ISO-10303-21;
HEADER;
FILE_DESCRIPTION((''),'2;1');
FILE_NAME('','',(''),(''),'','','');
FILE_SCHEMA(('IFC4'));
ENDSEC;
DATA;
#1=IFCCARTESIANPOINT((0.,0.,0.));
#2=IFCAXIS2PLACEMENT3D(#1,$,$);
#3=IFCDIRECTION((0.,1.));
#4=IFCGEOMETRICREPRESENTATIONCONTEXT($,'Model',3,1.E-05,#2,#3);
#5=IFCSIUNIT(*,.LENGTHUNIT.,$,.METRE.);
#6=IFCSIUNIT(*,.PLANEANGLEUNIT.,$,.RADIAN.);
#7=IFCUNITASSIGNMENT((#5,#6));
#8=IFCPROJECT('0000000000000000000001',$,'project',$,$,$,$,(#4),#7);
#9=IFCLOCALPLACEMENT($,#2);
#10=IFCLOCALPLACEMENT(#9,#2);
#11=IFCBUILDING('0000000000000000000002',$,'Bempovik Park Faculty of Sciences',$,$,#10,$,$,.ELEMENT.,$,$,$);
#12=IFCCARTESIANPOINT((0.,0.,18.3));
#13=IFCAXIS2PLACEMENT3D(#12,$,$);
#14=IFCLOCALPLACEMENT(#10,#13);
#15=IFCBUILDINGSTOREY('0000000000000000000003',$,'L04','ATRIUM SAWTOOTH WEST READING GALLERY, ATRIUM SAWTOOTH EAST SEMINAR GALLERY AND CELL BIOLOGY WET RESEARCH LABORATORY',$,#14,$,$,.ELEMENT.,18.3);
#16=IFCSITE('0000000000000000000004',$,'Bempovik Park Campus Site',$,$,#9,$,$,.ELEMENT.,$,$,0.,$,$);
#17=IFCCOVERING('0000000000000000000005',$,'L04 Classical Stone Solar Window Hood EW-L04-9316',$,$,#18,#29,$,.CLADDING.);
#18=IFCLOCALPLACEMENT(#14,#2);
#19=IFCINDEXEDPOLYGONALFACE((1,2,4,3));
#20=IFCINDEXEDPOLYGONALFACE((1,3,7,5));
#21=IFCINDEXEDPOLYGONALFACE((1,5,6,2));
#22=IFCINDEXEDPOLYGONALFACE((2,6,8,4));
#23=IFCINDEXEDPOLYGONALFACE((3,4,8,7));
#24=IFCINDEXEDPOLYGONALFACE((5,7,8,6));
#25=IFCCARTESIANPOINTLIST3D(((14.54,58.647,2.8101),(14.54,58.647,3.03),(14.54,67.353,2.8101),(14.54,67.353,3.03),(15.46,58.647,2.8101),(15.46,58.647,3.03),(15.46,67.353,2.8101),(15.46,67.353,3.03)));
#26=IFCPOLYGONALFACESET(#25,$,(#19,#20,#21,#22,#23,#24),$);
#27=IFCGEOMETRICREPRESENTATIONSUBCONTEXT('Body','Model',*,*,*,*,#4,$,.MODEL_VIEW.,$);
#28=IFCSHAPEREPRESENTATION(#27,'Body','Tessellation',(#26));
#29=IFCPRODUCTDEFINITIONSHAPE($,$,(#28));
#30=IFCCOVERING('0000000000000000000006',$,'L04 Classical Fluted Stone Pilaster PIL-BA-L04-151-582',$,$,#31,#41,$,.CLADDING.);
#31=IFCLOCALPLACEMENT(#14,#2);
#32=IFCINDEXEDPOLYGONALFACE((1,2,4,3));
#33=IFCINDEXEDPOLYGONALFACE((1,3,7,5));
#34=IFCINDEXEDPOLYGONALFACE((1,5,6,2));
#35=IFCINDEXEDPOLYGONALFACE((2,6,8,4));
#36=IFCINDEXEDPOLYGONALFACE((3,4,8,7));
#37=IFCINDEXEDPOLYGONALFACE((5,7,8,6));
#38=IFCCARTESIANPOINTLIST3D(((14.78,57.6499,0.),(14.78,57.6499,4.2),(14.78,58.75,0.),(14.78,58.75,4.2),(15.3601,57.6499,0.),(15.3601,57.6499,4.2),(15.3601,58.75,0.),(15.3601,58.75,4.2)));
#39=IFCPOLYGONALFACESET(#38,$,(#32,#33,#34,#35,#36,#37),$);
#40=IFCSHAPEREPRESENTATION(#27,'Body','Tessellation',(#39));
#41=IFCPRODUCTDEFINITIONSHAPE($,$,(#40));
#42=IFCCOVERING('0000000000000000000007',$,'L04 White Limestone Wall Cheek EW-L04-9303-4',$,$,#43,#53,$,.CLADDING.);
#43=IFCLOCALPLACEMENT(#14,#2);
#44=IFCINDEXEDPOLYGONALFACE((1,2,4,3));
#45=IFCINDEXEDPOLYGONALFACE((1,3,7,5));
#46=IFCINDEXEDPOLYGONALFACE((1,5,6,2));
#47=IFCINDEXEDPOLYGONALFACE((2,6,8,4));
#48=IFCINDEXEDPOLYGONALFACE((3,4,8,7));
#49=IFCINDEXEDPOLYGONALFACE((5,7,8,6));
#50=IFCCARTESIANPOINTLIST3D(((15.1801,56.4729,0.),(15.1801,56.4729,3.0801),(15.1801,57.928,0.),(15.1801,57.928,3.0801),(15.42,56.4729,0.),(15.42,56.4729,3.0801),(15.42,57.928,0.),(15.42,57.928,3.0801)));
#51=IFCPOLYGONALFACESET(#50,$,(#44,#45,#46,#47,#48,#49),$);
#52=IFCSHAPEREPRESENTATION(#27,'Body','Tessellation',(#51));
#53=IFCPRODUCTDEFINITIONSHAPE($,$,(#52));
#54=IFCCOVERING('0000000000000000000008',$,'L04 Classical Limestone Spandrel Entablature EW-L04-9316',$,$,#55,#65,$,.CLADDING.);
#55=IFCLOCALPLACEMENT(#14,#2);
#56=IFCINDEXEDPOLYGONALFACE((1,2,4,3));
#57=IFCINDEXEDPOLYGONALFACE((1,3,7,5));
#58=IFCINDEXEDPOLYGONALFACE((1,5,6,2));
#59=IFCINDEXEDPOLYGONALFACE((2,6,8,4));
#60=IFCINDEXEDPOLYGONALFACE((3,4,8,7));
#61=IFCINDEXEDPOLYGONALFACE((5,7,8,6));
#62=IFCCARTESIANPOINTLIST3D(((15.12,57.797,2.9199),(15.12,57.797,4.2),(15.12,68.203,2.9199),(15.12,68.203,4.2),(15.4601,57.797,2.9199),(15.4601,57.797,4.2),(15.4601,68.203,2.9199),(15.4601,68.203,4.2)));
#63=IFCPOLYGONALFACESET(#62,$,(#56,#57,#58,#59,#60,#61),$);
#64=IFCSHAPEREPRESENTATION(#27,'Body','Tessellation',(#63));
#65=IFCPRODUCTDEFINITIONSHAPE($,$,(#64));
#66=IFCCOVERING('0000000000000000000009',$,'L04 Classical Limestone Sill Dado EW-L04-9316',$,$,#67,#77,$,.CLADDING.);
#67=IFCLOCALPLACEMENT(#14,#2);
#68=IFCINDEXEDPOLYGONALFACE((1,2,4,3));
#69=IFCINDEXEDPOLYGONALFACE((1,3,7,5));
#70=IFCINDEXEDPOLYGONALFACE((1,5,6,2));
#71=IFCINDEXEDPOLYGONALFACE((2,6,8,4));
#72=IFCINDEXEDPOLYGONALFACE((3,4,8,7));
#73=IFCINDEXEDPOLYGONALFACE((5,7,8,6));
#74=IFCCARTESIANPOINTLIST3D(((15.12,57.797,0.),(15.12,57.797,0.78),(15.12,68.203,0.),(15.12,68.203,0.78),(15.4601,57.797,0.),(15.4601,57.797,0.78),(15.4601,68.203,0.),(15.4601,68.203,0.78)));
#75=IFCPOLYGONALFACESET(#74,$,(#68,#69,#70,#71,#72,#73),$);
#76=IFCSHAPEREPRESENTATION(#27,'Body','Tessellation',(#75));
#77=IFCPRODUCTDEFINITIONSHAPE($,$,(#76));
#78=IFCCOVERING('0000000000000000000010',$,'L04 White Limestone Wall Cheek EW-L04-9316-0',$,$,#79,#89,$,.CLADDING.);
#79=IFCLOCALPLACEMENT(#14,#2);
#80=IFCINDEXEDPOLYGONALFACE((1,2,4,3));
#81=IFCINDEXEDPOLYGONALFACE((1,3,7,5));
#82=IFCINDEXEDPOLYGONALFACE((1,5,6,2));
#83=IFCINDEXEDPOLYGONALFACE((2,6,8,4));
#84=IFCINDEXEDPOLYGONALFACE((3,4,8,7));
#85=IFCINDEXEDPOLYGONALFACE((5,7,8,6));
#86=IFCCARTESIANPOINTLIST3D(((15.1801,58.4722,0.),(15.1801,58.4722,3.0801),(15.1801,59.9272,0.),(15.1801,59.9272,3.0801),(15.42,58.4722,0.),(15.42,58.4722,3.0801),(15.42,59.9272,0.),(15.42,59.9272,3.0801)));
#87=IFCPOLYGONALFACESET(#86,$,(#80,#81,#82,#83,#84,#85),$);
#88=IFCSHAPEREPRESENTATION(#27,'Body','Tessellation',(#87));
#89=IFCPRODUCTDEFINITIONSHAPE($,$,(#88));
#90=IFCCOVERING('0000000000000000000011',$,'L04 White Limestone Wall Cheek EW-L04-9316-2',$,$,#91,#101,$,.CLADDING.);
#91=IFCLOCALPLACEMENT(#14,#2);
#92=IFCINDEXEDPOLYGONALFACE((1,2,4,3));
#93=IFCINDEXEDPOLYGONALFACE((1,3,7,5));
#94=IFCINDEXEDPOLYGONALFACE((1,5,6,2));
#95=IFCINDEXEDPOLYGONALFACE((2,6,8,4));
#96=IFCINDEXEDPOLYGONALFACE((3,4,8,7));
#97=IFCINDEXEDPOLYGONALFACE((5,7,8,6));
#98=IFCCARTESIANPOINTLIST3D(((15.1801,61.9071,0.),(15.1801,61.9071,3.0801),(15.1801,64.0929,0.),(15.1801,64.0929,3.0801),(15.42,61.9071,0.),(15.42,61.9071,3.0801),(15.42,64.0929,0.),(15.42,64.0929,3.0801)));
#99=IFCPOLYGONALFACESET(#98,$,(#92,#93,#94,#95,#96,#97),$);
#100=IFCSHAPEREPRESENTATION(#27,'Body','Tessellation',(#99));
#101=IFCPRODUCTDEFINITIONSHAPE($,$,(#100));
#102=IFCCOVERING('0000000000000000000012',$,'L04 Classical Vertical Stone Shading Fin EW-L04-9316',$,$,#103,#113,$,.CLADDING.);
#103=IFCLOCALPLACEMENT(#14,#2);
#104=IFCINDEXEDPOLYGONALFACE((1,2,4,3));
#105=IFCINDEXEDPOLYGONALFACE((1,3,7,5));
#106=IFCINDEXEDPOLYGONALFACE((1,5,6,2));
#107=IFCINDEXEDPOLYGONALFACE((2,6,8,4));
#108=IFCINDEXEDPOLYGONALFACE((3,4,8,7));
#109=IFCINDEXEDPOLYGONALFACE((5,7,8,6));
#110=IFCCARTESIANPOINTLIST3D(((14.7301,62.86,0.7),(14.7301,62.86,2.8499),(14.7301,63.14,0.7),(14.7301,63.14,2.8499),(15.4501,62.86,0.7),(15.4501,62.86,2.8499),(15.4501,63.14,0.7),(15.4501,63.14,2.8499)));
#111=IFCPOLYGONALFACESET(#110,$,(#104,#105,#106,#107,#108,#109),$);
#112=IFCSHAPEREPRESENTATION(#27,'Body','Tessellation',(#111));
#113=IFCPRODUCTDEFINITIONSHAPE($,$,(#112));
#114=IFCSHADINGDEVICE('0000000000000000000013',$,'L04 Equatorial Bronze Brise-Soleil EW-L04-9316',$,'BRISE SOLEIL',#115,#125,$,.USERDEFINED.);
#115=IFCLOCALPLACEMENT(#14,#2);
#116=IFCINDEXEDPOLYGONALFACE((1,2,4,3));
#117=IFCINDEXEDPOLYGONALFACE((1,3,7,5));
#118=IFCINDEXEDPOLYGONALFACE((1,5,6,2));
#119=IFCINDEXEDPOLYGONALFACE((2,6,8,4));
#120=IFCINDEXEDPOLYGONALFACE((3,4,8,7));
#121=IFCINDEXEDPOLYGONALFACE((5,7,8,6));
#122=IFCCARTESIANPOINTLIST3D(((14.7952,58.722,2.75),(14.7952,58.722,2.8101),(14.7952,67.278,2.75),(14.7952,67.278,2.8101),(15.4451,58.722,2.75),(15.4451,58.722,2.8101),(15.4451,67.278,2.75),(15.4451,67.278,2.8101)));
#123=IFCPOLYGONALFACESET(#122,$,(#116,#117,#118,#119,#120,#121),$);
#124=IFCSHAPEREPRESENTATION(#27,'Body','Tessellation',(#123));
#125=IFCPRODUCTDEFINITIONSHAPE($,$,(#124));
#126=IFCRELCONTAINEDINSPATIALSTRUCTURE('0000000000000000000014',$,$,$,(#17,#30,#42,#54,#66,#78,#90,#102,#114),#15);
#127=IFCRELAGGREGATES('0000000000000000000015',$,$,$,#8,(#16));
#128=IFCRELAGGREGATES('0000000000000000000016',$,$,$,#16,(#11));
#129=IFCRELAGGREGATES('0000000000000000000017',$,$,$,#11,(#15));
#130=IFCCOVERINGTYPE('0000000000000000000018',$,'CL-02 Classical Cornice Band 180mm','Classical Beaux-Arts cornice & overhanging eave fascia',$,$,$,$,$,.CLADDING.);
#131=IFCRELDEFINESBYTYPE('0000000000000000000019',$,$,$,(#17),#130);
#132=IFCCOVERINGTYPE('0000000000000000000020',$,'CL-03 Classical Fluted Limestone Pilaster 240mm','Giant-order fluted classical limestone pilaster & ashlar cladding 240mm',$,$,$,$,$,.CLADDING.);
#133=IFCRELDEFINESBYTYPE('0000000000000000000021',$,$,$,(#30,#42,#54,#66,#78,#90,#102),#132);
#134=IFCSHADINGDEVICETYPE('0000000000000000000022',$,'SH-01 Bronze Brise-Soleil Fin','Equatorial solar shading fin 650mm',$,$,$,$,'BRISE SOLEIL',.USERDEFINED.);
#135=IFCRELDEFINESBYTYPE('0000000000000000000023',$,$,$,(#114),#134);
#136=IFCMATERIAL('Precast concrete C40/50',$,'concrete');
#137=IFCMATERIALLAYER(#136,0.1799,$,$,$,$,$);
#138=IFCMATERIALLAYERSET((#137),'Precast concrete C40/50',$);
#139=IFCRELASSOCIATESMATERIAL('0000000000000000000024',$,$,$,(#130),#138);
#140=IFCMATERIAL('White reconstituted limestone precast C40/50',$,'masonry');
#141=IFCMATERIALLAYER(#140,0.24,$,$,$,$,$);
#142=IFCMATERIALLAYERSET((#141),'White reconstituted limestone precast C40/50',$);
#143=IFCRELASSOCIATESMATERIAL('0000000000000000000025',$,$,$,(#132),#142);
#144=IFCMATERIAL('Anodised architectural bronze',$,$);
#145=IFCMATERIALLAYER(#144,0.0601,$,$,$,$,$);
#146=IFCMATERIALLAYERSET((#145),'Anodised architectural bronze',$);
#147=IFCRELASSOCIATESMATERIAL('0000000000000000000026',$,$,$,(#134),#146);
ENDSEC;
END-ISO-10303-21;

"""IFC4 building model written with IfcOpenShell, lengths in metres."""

from ifc_helpers import new_model, si_unit, direction, frame, origin, origin_2d, place, context, subcontext, project, spatial, rectangle, extrude, material, layer, layer_set, type_object, element, save


model = new_model("IFC4")

# Units and contexts
model_context = context("Model", 3, precision=1e-05, world=origin(), true_north=direction((0.0, 1.0)))
body_context = subcontext(model_context, "Body", "Model", "MODEL_VIEW")
ifc_project = project(units=[si_unit("LENGTHUNIT", "METRE"), si_unit("PLANEANGLEUNIT", "RADIAN")], contexts=[model_context])

# Site, building, storey
site_placement = place(None, origin())
site = spatial("IfcSite", under=ifc_project, at=site_placement, Name="Bempovik Park Campus Site", CompositionType="ELEMENT", RefElevation=0.0)
building_placement = place(site_placement, origin())
building = spatial("IfcBuilding", under=site, at=building_placement, Name="Bempovik Park Faculty of Sciences", CompositionType="ELEMENT")
storey_placement = place(building_placement, frame((0.0, 0.0, 18.3)))
storey = spatial("IfcBuildingStorey", under=building, at=storey_placement, Name="L04", Description="ATRIUM SAWTOOTH WEST READING GALLERY, ATRIUM SAWTOOTH EAST SEMINAR GALLERY AND CELL BIOLOGY WET RESEARCH LABORATORY", CompositionType="ELEMENT", Elevation=18.3)

# Shared definitions
ifc_material_1 = material(Name="Precast concrete C40/50", Category="concrete")

# Coverings
ifc_layer_1 = layer(ifc_material_1, 0.1799)
ifc_layer_set_1 = layer_set([ifc_layer_1], Name="Precast concrete C40/50")
covering_type_1 = type_object("IfcCoveringType", Name="CL-02 Classical Cornice Band 180mm", Description="Classical Beaux-Arts cornice & overhanging eave fascia", PredefinedType="CLADDING", material=ifc_layer_set_1)
covering_1_placement = place(storey_placement, frame((15.0, 63.0, 2.8101), z_axis=(0.0, 0.0, 1.0), x_axis=(1.0, 0.0, 0.0)))
element("IfcCovering", 1, at=covering_1_placement, inside=storey, type_object=covering_type_1, Name="L04 Classical Stone Solar Window Hood EW-L04-9316", PredefinedType="CLADDING", context=body_context, shape_type="SweptSolid", body=[
    extrude(rectangle(XDim=0.9199, YDim=8.7061, at=origin_2d()), origin(), (0.0, 0.0, 1.0), 0.22),
])
ifc_material_2 = material(Name="White reconstituted limestone precast C40/50", Category="masonry")
ifc_layer_2 = layer(ifc_material_2, 0.24)
ifc_layer_set_2 = layer_set([ifc_layer_2], Name="White reconstituted limestone precast C40/50")
covering_type_2 = type_object("IfcCoveringType", Name="CL-03 Classical Fluted Limestone Pilaster 240mm", Description="Giant-order fluted classical limestone pilaster & ashlar cladding 240mm", PredefinedType="CLADDING", material=ifc_layer_set_2)
covering_2_placement = place(storey_placement, frame((15.0701, 58.2, 0.0), z_axis=(0.0, 0.0, 1.0), x_axis=(1.0, 0.0, 0.0)))
element("IfcCovering", 2, at=covering_2_placement, inside=storey, type_object=covering_type_2, Name="L04 Classical Fluted Stone Pilaster PIL-BA-L04-151-582", PredefinedType="CLADDING", context=body_context, shape_type="SweptSolid", body=[
    extrude(rectangle(XDim=0.5801, YDim=1.1001, at=origin_2d()), origin(), (0.0, 0.0, 1.0), 4.2),
])
covering_3_placement = place(storey_placement, frame((15.3, 57.2004, 0.0), z_axis=(0.0, 0.0, 1.0), x_axis=(1.0, 0.0, 0.0)))
element("IfcCovering", 3, at=covering_3_placement, inside=storey, type_object=covering_type_2, Name="L04 White Limestone Wall Cheek EW-L04-9303-4", PredefinedType="CLADDING", context=body_context, shape_type="SweptSolid", body=[
    extrude(rectangle(XDim=0.24, YDim=1.4551, at=origin_2d()), origin(), (0.0, 0.0, 1.0), 3.0801),
])
covering_4_placement = place(storey_placement, frame((15.29, 63.0, 2.9199), z_axis=(0.0, 0.0, 1.0), x_axis=(1.0, 0.0, 0.0)))
element("IfcCovering", 4, at=covering_4_placement, inside=storey, type_object=covering_type_2, Name="L04 Classical Limestone Spandrel Entablature EW-L04-9316", PredefinedType="CLADDING", context=body_context, shape_type="SweptSolid", body=[
    extrude(rectangle(XDim=0.3401, YDim=10.406, at=origin_2d()), origin(), (0.0, 0.0, 1.0), 1.28),
])
covering_5_placement = place(storey_placement, frame((15.29, 63.0, 0.0), z_axis=(0.0, 0.0, 1.0), x_axis=(1.0, 0.0, 0.0)))
element("IfcCovering", 5, at=covering_5_placement, inside=storey, type_object=covering_type_2, Name="L04 Classical Limestone Sill Dado EW-L04-9316", PredefinedType="CLADDING", context=body_context, shape_type="SweptSolid", body=[
    extrude(rectangle(XDim=0.3401, YDim=10.406, at=origin_2d()), origin(), (0.0, 0.0, 1.0), 0.78),
])
covering_6_placement = place(storey_placement, frame((15.3, 59.1997, 0.0), z_axis=(0.0, 0.0, 1.0), x_axis=(1.0, 0.0, 0.0)))
element("IfcCovering", 6, at=covering_6_placement, inside=storey, type_object=covering_type_2, Name="L04 White Limestone Wall Cheek EW-L04-9316-0", PredefinedType="CLADDING", context=body_context, shape_type="SweptSolid", body=[
    extrude(rectangle(XDim=0.24, YDim=1.4551, at=origin_2d()), origin(), (0.0, 0.0, 1.0), 3.0801),
])
covering_7_placement = place(storey_placement, frame((15.3, 63.0, 0.0), z_axis=(0.0, 0.0, 1.0), x_axis=(1.0, 0.0, 0.0)))
element("IfcCovering", 7, at=covering_7_placement, inside=storey, type_object=covering_type_2, Name="L04 White Limestone Wall Cheek EW-L04-9316-2", PredefinedType="CLADDING", context=body_context, shape_type="SweptSolid", body=[
    extrude(rectangle(XDim=0.24, YDim=2.1858, at=origin_2d()), origin(), (0.0, 0.0, 1.0), 3.0801),
])
covering_8_placement = place(storey_placement, frame((15.0901, 63.0, 0.7), z_axis=(0.0, 0.0, 1.0), x_axis=(1.0, 0.0, 0.0)))
element("IfcCovering", 8, at=covering_8_placement, inside=storey, type_object=covering_type_2, Name="L04 Classical Vertical Stone Shading Fin EW-L04-9316", PredefinedType="CLADDING", context=body_context, shape_type="SweptSolid", body=[
    extrude(rectangle(XDim=0.72, YDim=0.28, at=origin_2d()), origin(), (0.0, 0.0, 1.0), 2.1499),
])

# Shading device
ifc_material_3 = material(Name="Anodised architectural bronze")
ifc_layer_3 = layer(ifc_material_3, 0.0601)
ifc_layer_set_3 = layer_set([ifc_layer_3], Name="Anodised architectural bronze")
shading_device_type = type_object("IfcShadingDeviceType", Name="SH-01 Bronze Brise-Soleil Fin", Description="Equatorial solar shading fin 650mm", ElementType="BRISE SOLEIL", PredefinedType="USERDEFINED", material=ifc_layer_set_3)
shading_device_placement = place(storey_placement, frame((15.1201, 63.0, 2.75), z_axis=(0.0, 0.0, 1.0), x_axis=(1.0, 0.0, 0.0)))
element("IfcShadingDevice", 9, at=shading_device_placement, inside=storey, type_object=shading_device_type, Name="L04 Equatorial Bronze Brise-Soleil EW-L04-9316", ObjectType="BRISE SOLEIL", PredefinedType="USERDEFINED", context=body_context, shape_type="SweptSolid", body=[
    extrude(rectangle(XDim=0.6499, YDim=8.5559, at=origin_2d()), origin(), (0.0, 0.0, 1.0), 0.0601),
])

save(model, "model.ifc")
